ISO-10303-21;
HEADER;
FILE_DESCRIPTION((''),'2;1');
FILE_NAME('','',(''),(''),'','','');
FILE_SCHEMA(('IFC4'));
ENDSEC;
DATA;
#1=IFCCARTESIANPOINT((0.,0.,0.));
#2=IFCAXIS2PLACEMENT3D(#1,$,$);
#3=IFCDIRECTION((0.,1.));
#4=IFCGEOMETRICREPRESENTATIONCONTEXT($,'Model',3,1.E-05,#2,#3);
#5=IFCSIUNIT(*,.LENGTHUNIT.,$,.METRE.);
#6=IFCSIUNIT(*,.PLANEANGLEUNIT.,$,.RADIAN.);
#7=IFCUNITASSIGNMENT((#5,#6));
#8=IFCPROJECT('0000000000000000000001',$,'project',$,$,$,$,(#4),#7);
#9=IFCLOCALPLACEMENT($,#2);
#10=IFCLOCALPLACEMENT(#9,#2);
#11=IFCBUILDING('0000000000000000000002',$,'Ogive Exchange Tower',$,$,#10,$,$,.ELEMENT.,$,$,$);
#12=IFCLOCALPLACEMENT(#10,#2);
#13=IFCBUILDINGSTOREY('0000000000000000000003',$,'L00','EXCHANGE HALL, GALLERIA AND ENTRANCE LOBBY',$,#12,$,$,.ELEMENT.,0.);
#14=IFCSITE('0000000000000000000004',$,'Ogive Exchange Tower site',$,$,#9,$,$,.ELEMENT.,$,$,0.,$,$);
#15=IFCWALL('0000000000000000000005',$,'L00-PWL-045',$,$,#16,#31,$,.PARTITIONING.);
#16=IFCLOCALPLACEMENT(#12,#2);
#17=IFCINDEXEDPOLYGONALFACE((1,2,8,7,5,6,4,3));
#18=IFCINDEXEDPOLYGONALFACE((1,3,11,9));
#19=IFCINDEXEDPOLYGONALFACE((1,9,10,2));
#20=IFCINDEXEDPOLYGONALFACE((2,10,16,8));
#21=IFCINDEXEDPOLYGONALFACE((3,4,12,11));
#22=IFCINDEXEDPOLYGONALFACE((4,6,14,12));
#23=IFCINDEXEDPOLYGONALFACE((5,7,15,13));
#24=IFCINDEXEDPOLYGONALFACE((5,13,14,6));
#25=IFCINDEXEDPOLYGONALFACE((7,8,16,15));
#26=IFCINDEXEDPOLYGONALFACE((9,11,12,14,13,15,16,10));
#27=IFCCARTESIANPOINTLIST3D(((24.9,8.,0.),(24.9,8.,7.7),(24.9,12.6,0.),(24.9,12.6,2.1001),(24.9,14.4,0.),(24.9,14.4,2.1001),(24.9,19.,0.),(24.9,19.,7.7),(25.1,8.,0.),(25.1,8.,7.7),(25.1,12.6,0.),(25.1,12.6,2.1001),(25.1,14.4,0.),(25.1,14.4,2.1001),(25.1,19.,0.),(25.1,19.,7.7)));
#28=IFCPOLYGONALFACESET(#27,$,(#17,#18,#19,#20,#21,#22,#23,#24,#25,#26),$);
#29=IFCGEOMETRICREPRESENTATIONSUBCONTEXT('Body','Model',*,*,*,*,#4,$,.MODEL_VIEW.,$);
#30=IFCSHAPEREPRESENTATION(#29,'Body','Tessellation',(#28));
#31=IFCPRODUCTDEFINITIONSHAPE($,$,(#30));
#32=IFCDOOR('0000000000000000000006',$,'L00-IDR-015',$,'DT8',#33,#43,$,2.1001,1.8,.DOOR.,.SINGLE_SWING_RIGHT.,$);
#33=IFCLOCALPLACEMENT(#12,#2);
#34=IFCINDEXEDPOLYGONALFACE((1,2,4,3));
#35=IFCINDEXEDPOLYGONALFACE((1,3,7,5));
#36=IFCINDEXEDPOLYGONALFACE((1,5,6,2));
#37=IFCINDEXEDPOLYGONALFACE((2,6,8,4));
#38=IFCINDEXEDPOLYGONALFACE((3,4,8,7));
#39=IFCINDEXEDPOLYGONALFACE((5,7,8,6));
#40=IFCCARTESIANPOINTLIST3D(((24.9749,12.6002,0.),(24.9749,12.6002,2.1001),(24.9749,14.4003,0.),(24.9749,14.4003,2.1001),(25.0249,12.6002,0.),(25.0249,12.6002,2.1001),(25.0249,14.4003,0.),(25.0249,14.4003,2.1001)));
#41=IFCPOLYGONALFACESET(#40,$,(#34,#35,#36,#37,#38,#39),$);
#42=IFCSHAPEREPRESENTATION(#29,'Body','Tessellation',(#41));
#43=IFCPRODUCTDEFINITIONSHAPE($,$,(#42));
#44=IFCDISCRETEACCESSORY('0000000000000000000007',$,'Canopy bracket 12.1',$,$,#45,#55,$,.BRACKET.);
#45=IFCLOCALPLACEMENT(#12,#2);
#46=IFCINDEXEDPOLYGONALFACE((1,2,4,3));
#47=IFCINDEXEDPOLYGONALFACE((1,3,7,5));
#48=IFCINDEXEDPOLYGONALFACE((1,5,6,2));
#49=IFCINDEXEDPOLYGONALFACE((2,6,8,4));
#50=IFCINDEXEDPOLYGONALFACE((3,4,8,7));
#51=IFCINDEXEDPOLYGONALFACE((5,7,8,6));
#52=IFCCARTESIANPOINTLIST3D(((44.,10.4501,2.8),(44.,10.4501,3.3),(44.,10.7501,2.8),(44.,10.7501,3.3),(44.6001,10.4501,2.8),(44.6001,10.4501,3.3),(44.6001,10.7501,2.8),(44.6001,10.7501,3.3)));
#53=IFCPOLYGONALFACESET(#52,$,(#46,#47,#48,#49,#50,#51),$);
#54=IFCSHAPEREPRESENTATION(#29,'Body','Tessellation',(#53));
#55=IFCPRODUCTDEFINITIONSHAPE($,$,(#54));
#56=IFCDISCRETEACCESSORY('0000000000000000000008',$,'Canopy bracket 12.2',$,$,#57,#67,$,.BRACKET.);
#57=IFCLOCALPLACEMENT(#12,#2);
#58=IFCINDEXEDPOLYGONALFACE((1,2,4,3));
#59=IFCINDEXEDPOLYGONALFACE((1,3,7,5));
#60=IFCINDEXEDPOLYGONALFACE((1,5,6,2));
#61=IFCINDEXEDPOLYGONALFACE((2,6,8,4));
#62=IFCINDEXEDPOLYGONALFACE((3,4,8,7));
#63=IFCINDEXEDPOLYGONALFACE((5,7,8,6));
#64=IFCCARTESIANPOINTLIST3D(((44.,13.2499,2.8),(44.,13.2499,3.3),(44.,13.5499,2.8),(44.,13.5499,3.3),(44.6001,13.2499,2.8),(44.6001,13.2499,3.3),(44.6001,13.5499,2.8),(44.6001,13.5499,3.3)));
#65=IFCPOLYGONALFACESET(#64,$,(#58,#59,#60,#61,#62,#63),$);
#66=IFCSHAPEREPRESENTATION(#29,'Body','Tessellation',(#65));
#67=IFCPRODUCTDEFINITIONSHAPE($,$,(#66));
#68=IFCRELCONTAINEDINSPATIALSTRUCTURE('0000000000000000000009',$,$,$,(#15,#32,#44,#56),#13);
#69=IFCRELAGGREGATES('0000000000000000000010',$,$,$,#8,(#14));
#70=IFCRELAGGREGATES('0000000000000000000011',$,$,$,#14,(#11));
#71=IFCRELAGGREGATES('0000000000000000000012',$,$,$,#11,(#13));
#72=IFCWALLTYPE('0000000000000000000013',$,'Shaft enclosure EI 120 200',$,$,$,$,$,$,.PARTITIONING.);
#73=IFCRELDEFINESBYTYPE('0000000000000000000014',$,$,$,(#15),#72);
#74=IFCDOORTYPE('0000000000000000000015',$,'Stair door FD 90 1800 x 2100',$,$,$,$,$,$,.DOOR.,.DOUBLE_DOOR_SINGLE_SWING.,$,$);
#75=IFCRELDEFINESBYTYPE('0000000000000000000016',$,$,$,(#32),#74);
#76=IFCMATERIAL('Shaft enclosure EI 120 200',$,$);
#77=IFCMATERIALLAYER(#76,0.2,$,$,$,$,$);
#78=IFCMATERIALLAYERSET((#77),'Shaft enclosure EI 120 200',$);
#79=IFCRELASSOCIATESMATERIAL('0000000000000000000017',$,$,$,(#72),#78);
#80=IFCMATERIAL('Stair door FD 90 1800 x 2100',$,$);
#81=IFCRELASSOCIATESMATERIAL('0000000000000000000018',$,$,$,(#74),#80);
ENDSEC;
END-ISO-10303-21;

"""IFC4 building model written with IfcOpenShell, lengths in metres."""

from ifc_helpers import new_model, si_unit, direction, frame, frame_2d, origin, origin_2d, place, context, subcontext, project, spatial, rectangle, extrude, material, layer, layer_set, type_object, element, fill, save


model = new_model("IFC4")

# Units and contexts
model_context = context("Model", 3, precision=1e-05, world=origin(), true_north=direction((0.0, 1.0)))
body_context = subcontext(model_context, "Body", "Model", "MODEL_VIEW")
ifc_project = project(units=[si_unit("LENGTHUNIT", "METRE"), si_unit("PLANEANGLEUNIT", "RADIAN")], contexts=[model_context])

# Site, building, storey
site_placement = place(None, origin())
site = spatial("IfcSite", under=ifc_project, at=site_placement, Name="Ogive Exchange Tower site", CompositionType="ELEMENT", RefElevation=0.0)
building_placement = place(site_placement, origin())
building = spatial("IfcBuilding", under=site, at=building_placement, Name="Ogive Exchange Tower", CompositionType="ELEMENT")
storey_placement = place(building_placement, origin())
storey = spatial("IfcBuildingStorey", under=building, at=storey_placement, Name="L00", Description="EXCHANGE HALL, GALLERIA AND ENTRANCE LOBBY", CompositionType="ELEMENT", Elevation=0.0)

# Wall, opening, door
ifc_material_1 = material(Name="Shaft enclosure EI 120 200")
ifc_layer_1 = layer(ifc_material_1, 0.2)
ifc_layer_set_1 = layer_set([ifc_layer_1], Name="Shaft enclosure EI 120 200")
wall_type_1 = type_object("IfcWallType", Name="Shaft enclosure EI 120 200", PredefinedType="PARTITIONING", material=ifc_layer_set_1)
wall_1_placement = place(storey_placement, frame((25.0, 8.0, 0.0), z_axis=(0.0, 0.0, 1.0), x_axis=(0.0, 1.0, 0.0)))
wall_1 = element("IfcWall", 1, at=wall_1_placement, inside=storey, type_object=wall_type_1, Name="L00-PWL-045", PredefinedType="PARTITIONING", context=body_context, shape_type="SweptSolid", body=[
    extrude(rectangle(XDim=11.0, YDim=0.2, at=frame_2d((5.5, 0.0))), origin(), (0.0, 0.0, 1.0), 7.7),
])
opening_1_placement = place(wall_1_placement, frame((4.6001, 0.0, 0.0)))
opening_1 = element("IfcOpeningElement", 2, at=opening_1_placement, cuts=wall_1, PredefinedType="OPENING", context=body_context, shape_type="SweptSolid", body=[
    extrude(rectangle(XDim=1.8, YDim=2.1001, at=frame_2d((0.8999, 1.05))), frame((0.0, 0.1099, 0.0), z_axis=(0.0, -1.0, 0.0), x_axis=(1.0, 0.0, 0.0)), (0.0, 0.0, 1.0), 0.22),
])
ifc_material_2 = material(Name="Stair door FD 90 1800 x 2100")
door_type_1 = type_object("IfcDoorType", Name="Stair door FD 90 1800 x 2100", OperationType="DOUBLE_DOOR_SINGLE_SWING", PredefinedType="DOOR", material=ifc_material_2)
door_1_placement = place(opening_1_placement, frame((1.8, 0.0, 0.0), z_axis=(0.0, 0.0, 1.0), x_axis=(-1.0, 0.0, 0.0)))
door_1 = element("IfcDoor", 3, at=door_1_placement, inside=storey, type_object=door_type_1, Name="L00-IDR-015", ObjectType="DT8", OperationType="SINGLE_SWING_RIGHT", OverallHeight=2.1001, OverallWidth=1.8, PredefinedType="DOOR", context=body_context, shape_type="SweptSolid", body=[
    extrude(rectangle(XDim=1.8, YDim=2.1001, at=frame_2d((0.8999, 1.05))), frame((0.0, 0.0249, 0.0), z_axis=(0.0, -1.0, 0.0), x_axis=(1.0, 0.0, 0.0)), (0.0, 0.0, 1.0), 0.05),
])
fill(opening_1, door_1)

# Discrete accessories
for number, where, z_axis, x_axis, name in (
    (4, (44.3, 10.6001, 2.8), (0.0, 0.0, 1.0), (0.0, 1.0, 0.0), "Canopy bracket 12.1"),
    (5, (44.3, 13.3999, 2.8), (0.0, 0.0, 1.0), (0.0, 1.0, 0.0), "Canopy bracket 12.2"),
):
    element("IfcDiscreteAccessory", number, at=place(storey_placement, frame(where, z_axis=z_axis, x_axis=x_axis)), inside=storey, Name=name, PredefinedType="BRACKET", context=body_context, shape_type="SweptSolid", body=[
        extrude(rectangle(XDim=0.3, YDim=0.6001, at=origin_2d()), origin(), (0.0, 0.0, 1.0), 0.5),
    ])

save(model, "model.ifc")
